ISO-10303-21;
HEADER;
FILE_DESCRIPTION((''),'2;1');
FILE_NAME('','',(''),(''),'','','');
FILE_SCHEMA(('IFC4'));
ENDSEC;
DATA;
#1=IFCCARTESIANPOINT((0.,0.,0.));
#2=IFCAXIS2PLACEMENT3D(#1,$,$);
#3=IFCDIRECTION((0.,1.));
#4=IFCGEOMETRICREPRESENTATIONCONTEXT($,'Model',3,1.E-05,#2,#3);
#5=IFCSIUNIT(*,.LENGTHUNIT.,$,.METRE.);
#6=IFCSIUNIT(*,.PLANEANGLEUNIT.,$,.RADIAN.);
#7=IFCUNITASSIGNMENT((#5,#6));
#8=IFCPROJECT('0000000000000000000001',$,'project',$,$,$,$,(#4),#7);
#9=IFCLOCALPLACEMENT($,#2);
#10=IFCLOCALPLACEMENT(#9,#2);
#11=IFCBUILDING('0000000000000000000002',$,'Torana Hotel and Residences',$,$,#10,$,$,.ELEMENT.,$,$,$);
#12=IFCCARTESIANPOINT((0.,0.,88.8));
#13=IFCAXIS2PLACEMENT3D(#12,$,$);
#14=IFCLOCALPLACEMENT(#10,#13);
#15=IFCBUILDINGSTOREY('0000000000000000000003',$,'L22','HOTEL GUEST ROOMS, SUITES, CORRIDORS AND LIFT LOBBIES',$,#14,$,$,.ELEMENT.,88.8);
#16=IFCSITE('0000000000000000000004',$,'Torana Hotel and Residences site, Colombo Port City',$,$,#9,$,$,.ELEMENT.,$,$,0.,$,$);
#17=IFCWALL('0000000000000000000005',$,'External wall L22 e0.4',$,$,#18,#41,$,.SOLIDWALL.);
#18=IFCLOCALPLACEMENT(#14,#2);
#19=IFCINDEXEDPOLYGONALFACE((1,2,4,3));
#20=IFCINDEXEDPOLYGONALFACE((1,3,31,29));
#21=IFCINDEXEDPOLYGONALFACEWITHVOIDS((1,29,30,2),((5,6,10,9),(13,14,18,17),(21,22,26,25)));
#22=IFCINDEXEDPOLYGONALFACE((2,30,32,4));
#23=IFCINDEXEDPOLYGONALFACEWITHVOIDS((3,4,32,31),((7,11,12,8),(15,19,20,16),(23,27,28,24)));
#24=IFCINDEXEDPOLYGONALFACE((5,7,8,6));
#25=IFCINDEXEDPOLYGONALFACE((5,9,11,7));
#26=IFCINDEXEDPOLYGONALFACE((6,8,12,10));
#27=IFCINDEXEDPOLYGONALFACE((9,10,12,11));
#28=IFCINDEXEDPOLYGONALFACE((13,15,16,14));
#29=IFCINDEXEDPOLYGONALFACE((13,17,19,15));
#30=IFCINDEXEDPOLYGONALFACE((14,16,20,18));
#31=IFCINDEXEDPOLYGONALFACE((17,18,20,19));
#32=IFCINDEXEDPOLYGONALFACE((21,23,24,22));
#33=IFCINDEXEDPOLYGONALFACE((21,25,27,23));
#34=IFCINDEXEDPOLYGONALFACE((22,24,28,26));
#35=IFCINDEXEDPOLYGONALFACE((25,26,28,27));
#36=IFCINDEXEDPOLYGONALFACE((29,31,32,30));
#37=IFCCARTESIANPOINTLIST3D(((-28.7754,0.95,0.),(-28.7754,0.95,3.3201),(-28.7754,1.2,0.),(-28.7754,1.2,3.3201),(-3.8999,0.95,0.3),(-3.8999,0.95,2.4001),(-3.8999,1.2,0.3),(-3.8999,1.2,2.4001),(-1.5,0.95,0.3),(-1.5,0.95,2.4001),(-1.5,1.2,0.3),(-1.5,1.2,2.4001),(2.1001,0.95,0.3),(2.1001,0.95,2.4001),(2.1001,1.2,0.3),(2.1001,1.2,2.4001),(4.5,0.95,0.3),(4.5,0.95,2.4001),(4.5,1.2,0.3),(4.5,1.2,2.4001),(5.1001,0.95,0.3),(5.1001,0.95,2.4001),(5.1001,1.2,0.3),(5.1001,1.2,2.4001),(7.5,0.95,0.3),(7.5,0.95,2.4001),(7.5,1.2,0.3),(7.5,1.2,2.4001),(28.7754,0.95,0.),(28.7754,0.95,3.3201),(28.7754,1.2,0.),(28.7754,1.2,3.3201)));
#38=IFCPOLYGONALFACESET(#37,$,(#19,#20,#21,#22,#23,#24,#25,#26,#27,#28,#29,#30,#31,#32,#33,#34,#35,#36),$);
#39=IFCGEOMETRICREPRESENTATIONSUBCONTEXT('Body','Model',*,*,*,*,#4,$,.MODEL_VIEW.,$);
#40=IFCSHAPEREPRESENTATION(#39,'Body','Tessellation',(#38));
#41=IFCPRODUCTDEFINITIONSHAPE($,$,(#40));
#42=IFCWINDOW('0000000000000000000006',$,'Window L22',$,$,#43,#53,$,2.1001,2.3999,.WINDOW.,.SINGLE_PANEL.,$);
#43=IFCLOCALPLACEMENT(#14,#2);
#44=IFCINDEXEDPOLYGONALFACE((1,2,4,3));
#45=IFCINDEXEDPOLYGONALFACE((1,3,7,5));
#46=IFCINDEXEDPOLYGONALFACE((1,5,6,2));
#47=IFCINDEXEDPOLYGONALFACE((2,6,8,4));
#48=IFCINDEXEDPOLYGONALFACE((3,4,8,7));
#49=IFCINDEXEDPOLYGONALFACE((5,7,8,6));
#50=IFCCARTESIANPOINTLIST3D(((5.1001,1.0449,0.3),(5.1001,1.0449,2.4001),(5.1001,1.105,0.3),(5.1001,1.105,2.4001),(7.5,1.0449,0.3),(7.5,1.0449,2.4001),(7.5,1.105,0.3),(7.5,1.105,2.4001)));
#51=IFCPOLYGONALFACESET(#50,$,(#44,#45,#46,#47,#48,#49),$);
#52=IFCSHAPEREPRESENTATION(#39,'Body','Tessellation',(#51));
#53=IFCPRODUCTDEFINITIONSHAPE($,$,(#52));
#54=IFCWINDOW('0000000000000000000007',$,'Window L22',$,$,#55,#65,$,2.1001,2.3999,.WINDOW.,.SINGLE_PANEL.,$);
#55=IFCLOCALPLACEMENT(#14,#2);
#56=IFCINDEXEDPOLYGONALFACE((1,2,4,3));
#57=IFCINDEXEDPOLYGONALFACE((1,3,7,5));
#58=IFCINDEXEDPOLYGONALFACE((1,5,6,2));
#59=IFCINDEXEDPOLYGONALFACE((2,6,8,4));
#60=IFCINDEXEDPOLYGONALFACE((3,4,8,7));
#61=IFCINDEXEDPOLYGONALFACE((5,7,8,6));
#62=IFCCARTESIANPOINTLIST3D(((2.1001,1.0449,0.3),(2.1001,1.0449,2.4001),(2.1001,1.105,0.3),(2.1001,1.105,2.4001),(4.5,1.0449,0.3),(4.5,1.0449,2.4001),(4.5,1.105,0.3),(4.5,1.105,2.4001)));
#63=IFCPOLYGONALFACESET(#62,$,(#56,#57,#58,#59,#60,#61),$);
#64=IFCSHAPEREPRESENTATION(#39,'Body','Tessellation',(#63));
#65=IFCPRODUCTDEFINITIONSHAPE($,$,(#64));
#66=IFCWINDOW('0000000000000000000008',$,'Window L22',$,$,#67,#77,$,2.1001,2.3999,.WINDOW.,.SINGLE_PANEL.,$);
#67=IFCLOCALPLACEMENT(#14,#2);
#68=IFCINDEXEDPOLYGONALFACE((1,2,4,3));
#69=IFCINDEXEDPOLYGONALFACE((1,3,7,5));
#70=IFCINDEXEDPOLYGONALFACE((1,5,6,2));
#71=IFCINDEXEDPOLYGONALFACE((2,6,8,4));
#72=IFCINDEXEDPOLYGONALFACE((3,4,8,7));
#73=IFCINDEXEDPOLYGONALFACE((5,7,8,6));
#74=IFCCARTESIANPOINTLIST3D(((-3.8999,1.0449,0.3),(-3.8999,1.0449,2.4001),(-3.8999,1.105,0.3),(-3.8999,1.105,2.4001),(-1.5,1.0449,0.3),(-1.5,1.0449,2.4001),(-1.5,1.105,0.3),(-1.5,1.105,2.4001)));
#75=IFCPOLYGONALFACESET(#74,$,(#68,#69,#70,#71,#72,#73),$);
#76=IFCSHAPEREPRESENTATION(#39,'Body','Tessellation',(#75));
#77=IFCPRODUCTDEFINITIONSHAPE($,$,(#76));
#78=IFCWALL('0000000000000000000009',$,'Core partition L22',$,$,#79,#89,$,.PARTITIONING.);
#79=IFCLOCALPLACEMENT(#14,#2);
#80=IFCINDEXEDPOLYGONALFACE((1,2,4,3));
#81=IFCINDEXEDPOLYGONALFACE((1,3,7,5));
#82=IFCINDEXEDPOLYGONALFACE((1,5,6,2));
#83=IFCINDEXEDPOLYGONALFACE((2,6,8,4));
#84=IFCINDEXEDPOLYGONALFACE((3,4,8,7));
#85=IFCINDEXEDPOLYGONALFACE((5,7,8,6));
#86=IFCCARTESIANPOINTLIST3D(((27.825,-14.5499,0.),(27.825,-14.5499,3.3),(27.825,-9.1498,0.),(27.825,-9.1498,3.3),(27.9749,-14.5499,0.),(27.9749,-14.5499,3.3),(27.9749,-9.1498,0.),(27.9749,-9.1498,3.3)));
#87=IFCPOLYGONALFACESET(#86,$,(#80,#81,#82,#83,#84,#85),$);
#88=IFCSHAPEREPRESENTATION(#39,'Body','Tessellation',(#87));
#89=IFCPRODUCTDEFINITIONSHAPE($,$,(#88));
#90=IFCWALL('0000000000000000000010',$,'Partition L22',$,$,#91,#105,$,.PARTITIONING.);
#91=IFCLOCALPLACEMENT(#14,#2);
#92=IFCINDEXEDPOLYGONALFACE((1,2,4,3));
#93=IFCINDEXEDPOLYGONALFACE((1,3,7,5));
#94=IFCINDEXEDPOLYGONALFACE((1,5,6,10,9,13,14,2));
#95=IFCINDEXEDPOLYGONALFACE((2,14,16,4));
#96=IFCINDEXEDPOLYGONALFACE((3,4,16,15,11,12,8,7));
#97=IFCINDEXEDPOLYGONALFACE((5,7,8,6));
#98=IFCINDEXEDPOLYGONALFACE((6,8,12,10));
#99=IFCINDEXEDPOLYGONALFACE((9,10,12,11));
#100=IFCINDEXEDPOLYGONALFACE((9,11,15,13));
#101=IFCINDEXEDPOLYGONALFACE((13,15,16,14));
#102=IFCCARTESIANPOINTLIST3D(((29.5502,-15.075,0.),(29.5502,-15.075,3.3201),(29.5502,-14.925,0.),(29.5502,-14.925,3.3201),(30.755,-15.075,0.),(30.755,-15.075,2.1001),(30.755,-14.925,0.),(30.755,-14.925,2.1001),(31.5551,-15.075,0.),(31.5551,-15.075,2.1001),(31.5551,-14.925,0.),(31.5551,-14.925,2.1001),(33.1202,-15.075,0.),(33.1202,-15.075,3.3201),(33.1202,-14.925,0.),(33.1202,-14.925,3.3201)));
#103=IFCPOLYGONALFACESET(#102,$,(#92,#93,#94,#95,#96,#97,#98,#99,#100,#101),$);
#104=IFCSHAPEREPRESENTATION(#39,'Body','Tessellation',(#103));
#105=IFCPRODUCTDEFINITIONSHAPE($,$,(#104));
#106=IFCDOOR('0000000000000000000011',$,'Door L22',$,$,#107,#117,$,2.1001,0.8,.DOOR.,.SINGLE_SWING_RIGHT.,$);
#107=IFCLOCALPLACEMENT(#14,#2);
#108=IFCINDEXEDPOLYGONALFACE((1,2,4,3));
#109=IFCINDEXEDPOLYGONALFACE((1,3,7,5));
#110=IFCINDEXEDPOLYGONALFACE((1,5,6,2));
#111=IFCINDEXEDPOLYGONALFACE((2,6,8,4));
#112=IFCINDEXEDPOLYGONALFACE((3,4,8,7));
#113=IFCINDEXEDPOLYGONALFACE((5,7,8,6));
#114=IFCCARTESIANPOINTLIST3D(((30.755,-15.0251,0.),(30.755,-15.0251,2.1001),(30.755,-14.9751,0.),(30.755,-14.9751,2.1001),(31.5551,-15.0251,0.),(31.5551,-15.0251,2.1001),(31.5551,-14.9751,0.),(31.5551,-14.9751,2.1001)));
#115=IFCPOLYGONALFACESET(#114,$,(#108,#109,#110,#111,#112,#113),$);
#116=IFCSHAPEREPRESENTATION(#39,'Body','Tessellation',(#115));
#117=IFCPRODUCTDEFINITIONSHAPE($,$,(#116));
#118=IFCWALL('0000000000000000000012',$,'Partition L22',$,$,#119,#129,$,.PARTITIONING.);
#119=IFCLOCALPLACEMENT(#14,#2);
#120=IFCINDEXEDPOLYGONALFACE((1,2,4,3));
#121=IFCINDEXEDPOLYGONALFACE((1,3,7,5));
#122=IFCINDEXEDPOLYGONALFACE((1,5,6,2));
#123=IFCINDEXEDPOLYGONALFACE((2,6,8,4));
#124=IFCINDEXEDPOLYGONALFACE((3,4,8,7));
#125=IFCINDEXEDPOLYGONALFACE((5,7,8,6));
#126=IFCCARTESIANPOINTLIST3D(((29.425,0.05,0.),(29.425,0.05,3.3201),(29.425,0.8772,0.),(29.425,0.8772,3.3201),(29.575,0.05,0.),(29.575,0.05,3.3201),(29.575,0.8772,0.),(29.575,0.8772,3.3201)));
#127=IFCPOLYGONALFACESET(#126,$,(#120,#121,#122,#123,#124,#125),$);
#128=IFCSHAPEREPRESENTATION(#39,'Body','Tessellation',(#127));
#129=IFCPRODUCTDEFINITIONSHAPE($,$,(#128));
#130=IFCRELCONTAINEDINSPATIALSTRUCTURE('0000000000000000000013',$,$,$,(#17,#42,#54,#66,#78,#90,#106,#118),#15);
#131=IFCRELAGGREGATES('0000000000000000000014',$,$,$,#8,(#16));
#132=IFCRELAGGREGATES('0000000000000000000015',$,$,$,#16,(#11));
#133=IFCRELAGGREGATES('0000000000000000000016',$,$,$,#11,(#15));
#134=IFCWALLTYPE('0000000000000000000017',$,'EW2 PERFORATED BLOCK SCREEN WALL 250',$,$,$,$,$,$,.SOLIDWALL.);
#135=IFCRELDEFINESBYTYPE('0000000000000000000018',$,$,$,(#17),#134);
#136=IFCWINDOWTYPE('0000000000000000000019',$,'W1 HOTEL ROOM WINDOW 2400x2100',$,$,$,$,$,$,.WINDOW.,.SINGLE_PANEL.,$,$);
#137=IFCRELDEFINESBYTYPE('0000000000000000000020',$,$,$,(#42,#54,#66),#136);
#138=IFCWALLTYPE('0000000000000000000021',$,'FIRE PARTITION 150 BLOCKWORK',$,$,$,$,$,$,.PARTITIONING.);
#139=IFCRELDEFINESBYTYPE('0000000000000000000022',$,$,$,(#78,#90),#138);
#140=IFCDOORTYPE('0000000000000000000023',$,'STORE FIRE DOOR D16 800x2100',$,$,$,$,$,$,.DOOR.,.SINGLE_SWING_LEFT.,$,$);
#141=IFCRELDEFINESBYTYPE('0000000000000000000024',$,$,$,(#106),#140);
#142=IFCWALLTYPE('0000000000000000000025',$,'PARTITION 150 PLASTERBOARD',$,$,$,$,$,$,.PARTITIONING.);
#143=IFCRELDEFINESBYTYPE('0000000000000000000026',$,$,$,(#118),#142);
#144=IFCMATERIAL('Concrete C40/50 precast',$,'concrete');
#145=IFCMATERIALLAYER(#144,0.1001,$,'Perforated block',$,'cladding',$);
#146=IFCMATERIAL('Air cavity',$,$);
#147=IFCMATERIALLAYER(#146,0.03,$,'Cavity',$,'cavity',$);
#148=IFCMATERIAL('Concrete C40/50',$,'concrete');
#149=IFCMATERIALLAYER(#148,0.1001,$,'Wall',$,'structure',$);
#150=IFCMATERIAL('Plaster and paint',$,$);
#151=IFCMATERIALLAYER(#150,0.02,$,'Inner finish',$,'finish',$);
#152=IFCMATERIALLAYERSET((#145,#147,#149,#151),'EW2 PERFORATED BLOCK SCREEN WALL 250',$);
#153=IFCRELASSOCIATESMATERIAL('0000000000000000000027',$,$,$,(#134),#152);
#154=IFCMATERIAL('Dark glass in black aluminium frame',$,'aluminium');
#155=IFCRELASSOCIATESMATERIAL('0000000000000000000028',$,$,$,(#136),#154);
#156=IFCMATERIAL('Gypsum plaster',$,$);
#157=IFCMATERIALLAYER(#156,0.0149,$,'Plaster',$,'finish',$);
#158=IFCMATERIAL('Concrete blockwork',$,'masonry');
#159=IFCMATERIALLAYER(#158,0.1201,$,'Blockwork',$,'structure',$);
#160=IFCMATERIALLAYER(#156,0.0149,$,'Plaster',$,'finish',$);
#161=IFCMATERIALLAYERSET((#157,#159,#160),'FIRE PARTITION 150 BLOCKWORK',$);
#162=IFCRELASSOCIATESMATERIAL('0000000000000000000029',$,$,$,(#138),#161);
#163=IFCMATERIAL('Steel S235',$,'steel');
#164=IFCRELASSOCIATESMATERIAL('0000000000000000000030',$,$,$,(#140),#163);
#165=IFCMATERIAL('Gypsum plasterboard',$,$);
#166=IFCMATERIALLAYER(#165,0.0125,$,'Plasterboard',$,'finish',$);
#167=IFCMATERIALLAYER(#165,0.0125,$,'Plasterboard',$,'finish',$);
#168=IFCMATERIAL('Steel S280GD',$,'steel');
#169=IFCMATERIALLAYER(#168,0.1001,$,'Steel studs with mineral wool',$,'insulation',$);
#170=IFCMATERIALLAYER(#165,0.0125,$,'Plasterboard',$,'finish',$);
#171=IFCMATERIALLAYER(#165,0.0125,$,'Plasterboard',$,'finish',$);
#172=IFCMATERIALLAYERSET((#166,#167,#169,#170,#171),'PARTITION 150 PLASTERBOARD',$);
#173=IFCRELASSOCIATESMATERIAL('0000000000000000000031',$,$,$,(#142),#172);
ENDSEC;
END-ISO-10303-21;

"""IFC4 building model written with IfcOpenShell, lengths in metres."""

from ifc_helpers import new_model, si_unit, direction, frame, frame_2d, origin, place, context, subcontext, project, spatial, rectangle, extrude, material, layer, layer_set, type_object, element, fill, save


model = new_model("IFC4")

# Units and contexts
model_context = context("Model", 3, precision=1e-05, world=origin(), true_north=direction((0.0, 1.0)))
body_context = subcontext(model_context, "Body", "Model", "MODEL_VIEW")
ifc_project = project(units=[si_unit("LENGTHUNIT", "METRE"), si_unit("PLANEANGLEUNIT", "RADIAN")], contexts=[model_context])

# Site, building, storey
site_placement = place(None, origin())
site = spatial("IfcSite", under=ifc_project, at=site_placement, Name="Torana Hotel and Residences site, Colombo Port City", CompositionType="ELEMENT", RefElevation=0.0)
building_placement = place(site_placement, origin())
building = spatial("IfcBuilding", under=site, at=building_placement, Name="Torana Hotel and Residences", CompositionType="ELEMENT")
storey_placement = place(building_placement, frame((0.0, 0.0, 88.8)))
storey = spatial("IfcBuildingStorey", under=building, at=storey_placement, Name="L22", Description="HOTEL GUEST ROOMS, SUITES, CORRIDORS AND LIFT LOBBIES", CompositionType="ELEMENT", Elevation=88.8)

# Shared definitions
ifc_material_1 = material(Name="Steel S280GD", Category="steel")

# Wall, openings, windows
ifc_material_2 = material(Name="Concrete C40/50 precast", Category="concrete")
ifc_layer_1 = layer(ifc_material_2, 0.1001, Name="Perforated block", Category="cladding")
ifc_material_3 = material(Name="Air cavity")
ifc_layer_2 = layer(ifc_material_3, 0.03, Name="Cavity", Category="cavity")
ifc_material_4 = material(Name="Concrete C40/50", Category="concrete")
ifc_layer_3 = layer(ifc_material_4, 0.1001, Name="Wall", Category="structure")
ifc_material_5 = material(Name="Plaster and paint")
ifc_layer_4 = layer(ifc_material_5, 0.02, Name="Inner finish", Category="finish")
ifc_layer_set_1 = layer_set([ifc_layer_1, ifc_layer_2, ifc_layer_3, ifc_layer_4], Name="EW2 PERFORATED BLOCK SCREEN WALL 250")
wall_type_1 = type_object("IfcWallType", Name="EW2 PERFORATED BLOCK SCREEN WALL 250", PredefinedType="SOLIDWALL", material=ifc_layer_set_1)
wall_1_placement = place(storey_placement, frame((28.7754, 1.075, 0.0), z_axis=(0.0, 0.0, 1.0), x_axis=(-1.0, 0.0, 0.0)))
wall_1 = element("IfcWall", 1, at=wall_1_placement, inside=storey, type_object=wall_type_1, Name="External wall L22 e0.4", PredefinedType="SOLIDWALL", context=body_context, shape_type="SweptSolid", body=[
    extrude(rectangle(XDim=57.5508, YDim=0.25, at=frame_2d((28.7754, 0.0))), origin(), (0.0, 0.0, 1.0), 3.3201),
])
opening_1_placement = place(wall_1_placement, frame((21.2754, 0.0, 0.3)))
opening_1 = element("IfcOpeningElement", 2, at=opening_1_placement, cuts=wall_1, PredefinedType="OPENING", context=body_context, shape_type="SweptSolid", body=[
    extrude(rectangle(XDim=2.3999, YDim=2.1001, at=frame_2d((1.2, 1.05))), frame((0.0, 0.135, 0.0), z_axis=(0.0, -1.0, 0.0), x_axis=(1.0, 0.0, 0.0)), (0.0, 0.0, 1.0), 0.27),
])
opening_2_placement = place(wall_1_placement, frame((24.2754, 0.0, 0.3)))
opening_2 = element("IfcOpeningElement", 3, at=opening_2_placement, cuts=wall_1, PredefinedType="OPENING", context=body_context, shape_type="SweptSolid", body=[
    extrude(rectangle(XDim=2.3999, YDim=2.1001, at=frame_2d((1.2, 1.05))), frame((0.0, 0.135, 0.0), z_axis=(0.0, -1.0, 0.0), x_axis=(1.0, 0.0, 0.0)), (0.0, 0.0, 1.0), 0.27),
])
opening_3_placement = place(wall_1_placement, frame((30.2754, 0.0, 0.3)))
opening_3 = element("IfcOpeningElement", 4, at=opening_3_placement, cuts=wall_1, PredefinedType="OPENING", context=body_context, shape_type="SweptSolid", body=[
    extrude(rectangle(XDim=2.3999, YDim=2.1001, at=frame_2d((1.2, 1.05))), frame((0.0, 0.135, 0.0), z_axis=(0.0, -1.0, 0.0), x_axis=(1.0, 0.0, 0.0)), (0.0, 0.0, 1.0), 0.27),
])
ifc_material_6 = material(Name="Dark glass in black aluminium frame", Category="aluminium")
window_type = type_object("IfcWindowType", Name="W1 HOTEL ROOM WINDOW 2400x2100", PartitioningType="SINGLE_PANEL", PredefinedType="WINDOW", material=ifc_material_6)
window_1_placement = place(opening_1_placement, origin())
window_1 = element("IfcWindow", 5, at=window_1_placement, inside=storey, type_object=window_type, Name="Window L22", OverallHeight=2.1001, OverallWidth=2.3999, PartitioningType="SINGLE_PANEL", PredefinedType="WINDOW", context=body_context, shape_type="SweptSolid", body=[
    extrude(rectangle(XDim=2.3999, YDim=2.1001, at=frame_2d((1.2, 1.05))), frame((0.0, 0.03, 0.0), z_axis=(0.0, -1.0, 0.0), x_axis=(1.0, 0.0, 0.0)), (0.0, 0.0, 1.0), 0.0601),
])
fill(opening_1, window_1)
window_2_placement = place(opening_2_placement, origin())
window_2 = element("IfcWindow", 6, at=window_2_placement, inside=storey, type_object=window_type, Name="Window L22", OverallHeight=2.1001, OverallWidth=2.3999, PartitioningType="SINGLE_PANEL", PredefinedType="WINDOW", context=body_context, shape_type="SweptSolid", body=[
    extrude(rectangle(XDim=2.3999, YDim=2.1001, at=frame_2d((1.2, 1.05))), frame((0.0, 0.03, 0.0), z_axis=(0.0, -1.0, 0.0), x_axis=(1.0, 0.0, 0.0)), (0.0, 0.0, 1.0), 0.0601),
])
fill(opening_2, window_2)
window_3_placement = place(opening_3_placement, origin())
window_3 = element("IfcWindow", 7, at=window_3_placement, inside=storey, type_object=window_type, Name="Window L22", OverallHeight=2.1001, OverallWidth=2.3999, PartitioningType="SINGLE_PANEL", PredefinedType="WINDOW", context=body_context, shape_type="SweptSolid", body=[
    extrude(rectangle(XDim=2.3999, YDim=2.1001, at=frame_2d((1.2, 1.05))), frame((0.0, 0.03, 0.0), z_axis=(0.0, -1.0, 0.0), x_axis=(1.0, 0.0, 0.0)), (0.0, 0.0, 1.0), 0.0601),
])
fill(opening_3, window_3)

# Wall
ifc_material_7 = material(Name="Gypsum plaster")
ifc_layer_5 = layer(ifc_material_7, 0.0149, Name="Plaster", Category="finish")
ifc_material_8 = material(Name="Concrete blockwork", Category="masonry")
ifc_layer_6 = layer(ifc_material_8, 0.1201, Name="Blockwork", Category="structure")
ifc_layer_7 = layer(ifc_material_7, 0.0149, Name="Plaster", Category="finish")
ifc_layer_set_2 = layer_set([ifc_layer_5, ifc_layer_6, ifc_layer_7], Name="FIRE PARTITION 150 BLOCKWORK")
wall_type_2 = type_object("IfcWallType", Name="FIRE PARTITION 150 BLOCKWORK", PredefinedType="PARTITIONING", material=ifc_layer_set_2)
wall_2_placement = place(storey_placement, frame((27.8999, -14.55, 0.0), z_axis=(0.0, 0.0, 1.0), x_axis=(0.0, 1.0, 0.0)))
element("IfcWall", 8, at=wall_2_placement, inside=storey, type_object=wall_type_2, Name="Core partition L22", PredefinedType="PARTITIONING", context=body_context, shape_type="SweptSolid", body=[
    extrude(rectangle(XDim=5.4001, YDim=0.1499, at=frame_2d((2.7002, 0.0))), origin(), (0.0, 0.0, 1.0), 3.3),
])

# Wall, opening, door
wall_3_placement = place(storey_placement, frame((29.55, -15.0, 0.0), z_axis=(0.0, 0.0, 1.0), x_axis=(1.0, 0.0, 0.0)))
wall_3 = element("IfcWall", 9, at=wall_3_placement, inside=storey, type_object=wall_type_2, Name="Partition L22", PredefinedType="PARTITIONING", context=body_context, shape_type="SweptSolid", body=[
    extrude(rectangle(XDim=3.5701, YDim=0.1499, at=frame_2d((1.7852, 0.0))), origin(), (0.0, 0.0, 1.0), 3.3201),
])
opening_4_placement = place(wall_3_placement, frame((1.2051, 0.0, 0.0)))
opening_4 = element("IfcOpeningElement", 10, at=opening_4_placement, cuts=wall_3, PredefinedType="OPENING", context=body_context, shape_type="SweptSolid", body=[
    extrude(rectangle(XDim=0.8, YDim=2.1001, at=frame_2d((0.3999, 1.05))), frame((0.0, 0.085, 0.0), z_axis=(0.0, -1.0, 0.0), x_axis=(1.0, 0.0, 0.0)), (0.0, 0.0, 1.0), 0.1699),
])
ifc_material_9 = material(Name="Steel S235", Category="steel")
door_type_1 = type_object("IfcDoorType", Name="STORE FIRE DOOR D16 800x2100", OperationType="SINGLE_SWING_LEFT", PredefinedType="DOOR", material=ifc_material_9)
door_1_placement = place(opening_4_placement, origin())
door_1 = element("IfcDoor", 11, at=door_1_placement, inside=storey, type_object=door_type_1, Name="Door L22", OperationType="SINGLE_SWING_RIGHT", OverallHeight=2.1001, OverallWidth=0.8, PredefinedType="DOOR", context=body_context, shape_type="SweptSolid", body=[
    extrude(rectangle(XDim=0.8, YDim=2.1001, at=frame_2d((0.3999, 1.05))), frame((0.0, 0.0249, 0.0), z_axis=(0.0, -1.0, 0.0), x_axis=(1.0, 0.0, 0.0)), (0.0, 0.0, 1.0), 0.05),
])
fill(opening_4, door_1)

# Wall
ifc_material_10 = material(Name="Gypsum plasterboard")
ifc_layer_8 = layer(ifc_material_10, 0.0125, Name="Plasterboard", Category="finish")
ifc_layer_9 = layer(ifc_material_10, 0.0125, Name="Plasterboard", Category="finish")
ifc_layer_10 = layer(ifc_material_1, 0.1001, Name="Steel studs with mineral wool", Category="insulation")
ifc_layer_11 = layer(ifc_material_10, 0.0125, Name="Plasterboard", Category="finish")
ifc_layer_12 = layer(ifc_material_10, 0.0125, Name="Plasterboard", Category="finish")
ifc_layer_set_3 = layer_set([ifc_layer_8, ifc_layer_9, ifc_layer_10, ifc_layer_11, ifc_layer_12], Name="PARTITION 150 PLASTERBOARD")
wall_type_3 = type_object("IfcWallType", Name="PARTITION 150 PLASTERBOARD", PredefinedType="PARTITIONING", material=ifc_layer_set_3)
wall_4_placement = place(storey_placement, frame((29.5, 0.05, 0.0), z_axis=(0.0, 0.0, 1.0), x_axis=(0.0, 1.0, 0.0)))
element("IfcWall", 12, at=wall_4_placement, inside=storey, type_object=wall_type_3, Name="Partition L22", PredefinedType="PARTITIONING", context=body_context, shape_type="SweptSolid", body=[
    extrude(rectangle(XDim=0.8271, YDim=0.1499, at=frame_2d((0.4136, 0.0))), origin(), (0.0, 0.0, 1.0), 3.3201),
])

save(model, "model.ifc")
